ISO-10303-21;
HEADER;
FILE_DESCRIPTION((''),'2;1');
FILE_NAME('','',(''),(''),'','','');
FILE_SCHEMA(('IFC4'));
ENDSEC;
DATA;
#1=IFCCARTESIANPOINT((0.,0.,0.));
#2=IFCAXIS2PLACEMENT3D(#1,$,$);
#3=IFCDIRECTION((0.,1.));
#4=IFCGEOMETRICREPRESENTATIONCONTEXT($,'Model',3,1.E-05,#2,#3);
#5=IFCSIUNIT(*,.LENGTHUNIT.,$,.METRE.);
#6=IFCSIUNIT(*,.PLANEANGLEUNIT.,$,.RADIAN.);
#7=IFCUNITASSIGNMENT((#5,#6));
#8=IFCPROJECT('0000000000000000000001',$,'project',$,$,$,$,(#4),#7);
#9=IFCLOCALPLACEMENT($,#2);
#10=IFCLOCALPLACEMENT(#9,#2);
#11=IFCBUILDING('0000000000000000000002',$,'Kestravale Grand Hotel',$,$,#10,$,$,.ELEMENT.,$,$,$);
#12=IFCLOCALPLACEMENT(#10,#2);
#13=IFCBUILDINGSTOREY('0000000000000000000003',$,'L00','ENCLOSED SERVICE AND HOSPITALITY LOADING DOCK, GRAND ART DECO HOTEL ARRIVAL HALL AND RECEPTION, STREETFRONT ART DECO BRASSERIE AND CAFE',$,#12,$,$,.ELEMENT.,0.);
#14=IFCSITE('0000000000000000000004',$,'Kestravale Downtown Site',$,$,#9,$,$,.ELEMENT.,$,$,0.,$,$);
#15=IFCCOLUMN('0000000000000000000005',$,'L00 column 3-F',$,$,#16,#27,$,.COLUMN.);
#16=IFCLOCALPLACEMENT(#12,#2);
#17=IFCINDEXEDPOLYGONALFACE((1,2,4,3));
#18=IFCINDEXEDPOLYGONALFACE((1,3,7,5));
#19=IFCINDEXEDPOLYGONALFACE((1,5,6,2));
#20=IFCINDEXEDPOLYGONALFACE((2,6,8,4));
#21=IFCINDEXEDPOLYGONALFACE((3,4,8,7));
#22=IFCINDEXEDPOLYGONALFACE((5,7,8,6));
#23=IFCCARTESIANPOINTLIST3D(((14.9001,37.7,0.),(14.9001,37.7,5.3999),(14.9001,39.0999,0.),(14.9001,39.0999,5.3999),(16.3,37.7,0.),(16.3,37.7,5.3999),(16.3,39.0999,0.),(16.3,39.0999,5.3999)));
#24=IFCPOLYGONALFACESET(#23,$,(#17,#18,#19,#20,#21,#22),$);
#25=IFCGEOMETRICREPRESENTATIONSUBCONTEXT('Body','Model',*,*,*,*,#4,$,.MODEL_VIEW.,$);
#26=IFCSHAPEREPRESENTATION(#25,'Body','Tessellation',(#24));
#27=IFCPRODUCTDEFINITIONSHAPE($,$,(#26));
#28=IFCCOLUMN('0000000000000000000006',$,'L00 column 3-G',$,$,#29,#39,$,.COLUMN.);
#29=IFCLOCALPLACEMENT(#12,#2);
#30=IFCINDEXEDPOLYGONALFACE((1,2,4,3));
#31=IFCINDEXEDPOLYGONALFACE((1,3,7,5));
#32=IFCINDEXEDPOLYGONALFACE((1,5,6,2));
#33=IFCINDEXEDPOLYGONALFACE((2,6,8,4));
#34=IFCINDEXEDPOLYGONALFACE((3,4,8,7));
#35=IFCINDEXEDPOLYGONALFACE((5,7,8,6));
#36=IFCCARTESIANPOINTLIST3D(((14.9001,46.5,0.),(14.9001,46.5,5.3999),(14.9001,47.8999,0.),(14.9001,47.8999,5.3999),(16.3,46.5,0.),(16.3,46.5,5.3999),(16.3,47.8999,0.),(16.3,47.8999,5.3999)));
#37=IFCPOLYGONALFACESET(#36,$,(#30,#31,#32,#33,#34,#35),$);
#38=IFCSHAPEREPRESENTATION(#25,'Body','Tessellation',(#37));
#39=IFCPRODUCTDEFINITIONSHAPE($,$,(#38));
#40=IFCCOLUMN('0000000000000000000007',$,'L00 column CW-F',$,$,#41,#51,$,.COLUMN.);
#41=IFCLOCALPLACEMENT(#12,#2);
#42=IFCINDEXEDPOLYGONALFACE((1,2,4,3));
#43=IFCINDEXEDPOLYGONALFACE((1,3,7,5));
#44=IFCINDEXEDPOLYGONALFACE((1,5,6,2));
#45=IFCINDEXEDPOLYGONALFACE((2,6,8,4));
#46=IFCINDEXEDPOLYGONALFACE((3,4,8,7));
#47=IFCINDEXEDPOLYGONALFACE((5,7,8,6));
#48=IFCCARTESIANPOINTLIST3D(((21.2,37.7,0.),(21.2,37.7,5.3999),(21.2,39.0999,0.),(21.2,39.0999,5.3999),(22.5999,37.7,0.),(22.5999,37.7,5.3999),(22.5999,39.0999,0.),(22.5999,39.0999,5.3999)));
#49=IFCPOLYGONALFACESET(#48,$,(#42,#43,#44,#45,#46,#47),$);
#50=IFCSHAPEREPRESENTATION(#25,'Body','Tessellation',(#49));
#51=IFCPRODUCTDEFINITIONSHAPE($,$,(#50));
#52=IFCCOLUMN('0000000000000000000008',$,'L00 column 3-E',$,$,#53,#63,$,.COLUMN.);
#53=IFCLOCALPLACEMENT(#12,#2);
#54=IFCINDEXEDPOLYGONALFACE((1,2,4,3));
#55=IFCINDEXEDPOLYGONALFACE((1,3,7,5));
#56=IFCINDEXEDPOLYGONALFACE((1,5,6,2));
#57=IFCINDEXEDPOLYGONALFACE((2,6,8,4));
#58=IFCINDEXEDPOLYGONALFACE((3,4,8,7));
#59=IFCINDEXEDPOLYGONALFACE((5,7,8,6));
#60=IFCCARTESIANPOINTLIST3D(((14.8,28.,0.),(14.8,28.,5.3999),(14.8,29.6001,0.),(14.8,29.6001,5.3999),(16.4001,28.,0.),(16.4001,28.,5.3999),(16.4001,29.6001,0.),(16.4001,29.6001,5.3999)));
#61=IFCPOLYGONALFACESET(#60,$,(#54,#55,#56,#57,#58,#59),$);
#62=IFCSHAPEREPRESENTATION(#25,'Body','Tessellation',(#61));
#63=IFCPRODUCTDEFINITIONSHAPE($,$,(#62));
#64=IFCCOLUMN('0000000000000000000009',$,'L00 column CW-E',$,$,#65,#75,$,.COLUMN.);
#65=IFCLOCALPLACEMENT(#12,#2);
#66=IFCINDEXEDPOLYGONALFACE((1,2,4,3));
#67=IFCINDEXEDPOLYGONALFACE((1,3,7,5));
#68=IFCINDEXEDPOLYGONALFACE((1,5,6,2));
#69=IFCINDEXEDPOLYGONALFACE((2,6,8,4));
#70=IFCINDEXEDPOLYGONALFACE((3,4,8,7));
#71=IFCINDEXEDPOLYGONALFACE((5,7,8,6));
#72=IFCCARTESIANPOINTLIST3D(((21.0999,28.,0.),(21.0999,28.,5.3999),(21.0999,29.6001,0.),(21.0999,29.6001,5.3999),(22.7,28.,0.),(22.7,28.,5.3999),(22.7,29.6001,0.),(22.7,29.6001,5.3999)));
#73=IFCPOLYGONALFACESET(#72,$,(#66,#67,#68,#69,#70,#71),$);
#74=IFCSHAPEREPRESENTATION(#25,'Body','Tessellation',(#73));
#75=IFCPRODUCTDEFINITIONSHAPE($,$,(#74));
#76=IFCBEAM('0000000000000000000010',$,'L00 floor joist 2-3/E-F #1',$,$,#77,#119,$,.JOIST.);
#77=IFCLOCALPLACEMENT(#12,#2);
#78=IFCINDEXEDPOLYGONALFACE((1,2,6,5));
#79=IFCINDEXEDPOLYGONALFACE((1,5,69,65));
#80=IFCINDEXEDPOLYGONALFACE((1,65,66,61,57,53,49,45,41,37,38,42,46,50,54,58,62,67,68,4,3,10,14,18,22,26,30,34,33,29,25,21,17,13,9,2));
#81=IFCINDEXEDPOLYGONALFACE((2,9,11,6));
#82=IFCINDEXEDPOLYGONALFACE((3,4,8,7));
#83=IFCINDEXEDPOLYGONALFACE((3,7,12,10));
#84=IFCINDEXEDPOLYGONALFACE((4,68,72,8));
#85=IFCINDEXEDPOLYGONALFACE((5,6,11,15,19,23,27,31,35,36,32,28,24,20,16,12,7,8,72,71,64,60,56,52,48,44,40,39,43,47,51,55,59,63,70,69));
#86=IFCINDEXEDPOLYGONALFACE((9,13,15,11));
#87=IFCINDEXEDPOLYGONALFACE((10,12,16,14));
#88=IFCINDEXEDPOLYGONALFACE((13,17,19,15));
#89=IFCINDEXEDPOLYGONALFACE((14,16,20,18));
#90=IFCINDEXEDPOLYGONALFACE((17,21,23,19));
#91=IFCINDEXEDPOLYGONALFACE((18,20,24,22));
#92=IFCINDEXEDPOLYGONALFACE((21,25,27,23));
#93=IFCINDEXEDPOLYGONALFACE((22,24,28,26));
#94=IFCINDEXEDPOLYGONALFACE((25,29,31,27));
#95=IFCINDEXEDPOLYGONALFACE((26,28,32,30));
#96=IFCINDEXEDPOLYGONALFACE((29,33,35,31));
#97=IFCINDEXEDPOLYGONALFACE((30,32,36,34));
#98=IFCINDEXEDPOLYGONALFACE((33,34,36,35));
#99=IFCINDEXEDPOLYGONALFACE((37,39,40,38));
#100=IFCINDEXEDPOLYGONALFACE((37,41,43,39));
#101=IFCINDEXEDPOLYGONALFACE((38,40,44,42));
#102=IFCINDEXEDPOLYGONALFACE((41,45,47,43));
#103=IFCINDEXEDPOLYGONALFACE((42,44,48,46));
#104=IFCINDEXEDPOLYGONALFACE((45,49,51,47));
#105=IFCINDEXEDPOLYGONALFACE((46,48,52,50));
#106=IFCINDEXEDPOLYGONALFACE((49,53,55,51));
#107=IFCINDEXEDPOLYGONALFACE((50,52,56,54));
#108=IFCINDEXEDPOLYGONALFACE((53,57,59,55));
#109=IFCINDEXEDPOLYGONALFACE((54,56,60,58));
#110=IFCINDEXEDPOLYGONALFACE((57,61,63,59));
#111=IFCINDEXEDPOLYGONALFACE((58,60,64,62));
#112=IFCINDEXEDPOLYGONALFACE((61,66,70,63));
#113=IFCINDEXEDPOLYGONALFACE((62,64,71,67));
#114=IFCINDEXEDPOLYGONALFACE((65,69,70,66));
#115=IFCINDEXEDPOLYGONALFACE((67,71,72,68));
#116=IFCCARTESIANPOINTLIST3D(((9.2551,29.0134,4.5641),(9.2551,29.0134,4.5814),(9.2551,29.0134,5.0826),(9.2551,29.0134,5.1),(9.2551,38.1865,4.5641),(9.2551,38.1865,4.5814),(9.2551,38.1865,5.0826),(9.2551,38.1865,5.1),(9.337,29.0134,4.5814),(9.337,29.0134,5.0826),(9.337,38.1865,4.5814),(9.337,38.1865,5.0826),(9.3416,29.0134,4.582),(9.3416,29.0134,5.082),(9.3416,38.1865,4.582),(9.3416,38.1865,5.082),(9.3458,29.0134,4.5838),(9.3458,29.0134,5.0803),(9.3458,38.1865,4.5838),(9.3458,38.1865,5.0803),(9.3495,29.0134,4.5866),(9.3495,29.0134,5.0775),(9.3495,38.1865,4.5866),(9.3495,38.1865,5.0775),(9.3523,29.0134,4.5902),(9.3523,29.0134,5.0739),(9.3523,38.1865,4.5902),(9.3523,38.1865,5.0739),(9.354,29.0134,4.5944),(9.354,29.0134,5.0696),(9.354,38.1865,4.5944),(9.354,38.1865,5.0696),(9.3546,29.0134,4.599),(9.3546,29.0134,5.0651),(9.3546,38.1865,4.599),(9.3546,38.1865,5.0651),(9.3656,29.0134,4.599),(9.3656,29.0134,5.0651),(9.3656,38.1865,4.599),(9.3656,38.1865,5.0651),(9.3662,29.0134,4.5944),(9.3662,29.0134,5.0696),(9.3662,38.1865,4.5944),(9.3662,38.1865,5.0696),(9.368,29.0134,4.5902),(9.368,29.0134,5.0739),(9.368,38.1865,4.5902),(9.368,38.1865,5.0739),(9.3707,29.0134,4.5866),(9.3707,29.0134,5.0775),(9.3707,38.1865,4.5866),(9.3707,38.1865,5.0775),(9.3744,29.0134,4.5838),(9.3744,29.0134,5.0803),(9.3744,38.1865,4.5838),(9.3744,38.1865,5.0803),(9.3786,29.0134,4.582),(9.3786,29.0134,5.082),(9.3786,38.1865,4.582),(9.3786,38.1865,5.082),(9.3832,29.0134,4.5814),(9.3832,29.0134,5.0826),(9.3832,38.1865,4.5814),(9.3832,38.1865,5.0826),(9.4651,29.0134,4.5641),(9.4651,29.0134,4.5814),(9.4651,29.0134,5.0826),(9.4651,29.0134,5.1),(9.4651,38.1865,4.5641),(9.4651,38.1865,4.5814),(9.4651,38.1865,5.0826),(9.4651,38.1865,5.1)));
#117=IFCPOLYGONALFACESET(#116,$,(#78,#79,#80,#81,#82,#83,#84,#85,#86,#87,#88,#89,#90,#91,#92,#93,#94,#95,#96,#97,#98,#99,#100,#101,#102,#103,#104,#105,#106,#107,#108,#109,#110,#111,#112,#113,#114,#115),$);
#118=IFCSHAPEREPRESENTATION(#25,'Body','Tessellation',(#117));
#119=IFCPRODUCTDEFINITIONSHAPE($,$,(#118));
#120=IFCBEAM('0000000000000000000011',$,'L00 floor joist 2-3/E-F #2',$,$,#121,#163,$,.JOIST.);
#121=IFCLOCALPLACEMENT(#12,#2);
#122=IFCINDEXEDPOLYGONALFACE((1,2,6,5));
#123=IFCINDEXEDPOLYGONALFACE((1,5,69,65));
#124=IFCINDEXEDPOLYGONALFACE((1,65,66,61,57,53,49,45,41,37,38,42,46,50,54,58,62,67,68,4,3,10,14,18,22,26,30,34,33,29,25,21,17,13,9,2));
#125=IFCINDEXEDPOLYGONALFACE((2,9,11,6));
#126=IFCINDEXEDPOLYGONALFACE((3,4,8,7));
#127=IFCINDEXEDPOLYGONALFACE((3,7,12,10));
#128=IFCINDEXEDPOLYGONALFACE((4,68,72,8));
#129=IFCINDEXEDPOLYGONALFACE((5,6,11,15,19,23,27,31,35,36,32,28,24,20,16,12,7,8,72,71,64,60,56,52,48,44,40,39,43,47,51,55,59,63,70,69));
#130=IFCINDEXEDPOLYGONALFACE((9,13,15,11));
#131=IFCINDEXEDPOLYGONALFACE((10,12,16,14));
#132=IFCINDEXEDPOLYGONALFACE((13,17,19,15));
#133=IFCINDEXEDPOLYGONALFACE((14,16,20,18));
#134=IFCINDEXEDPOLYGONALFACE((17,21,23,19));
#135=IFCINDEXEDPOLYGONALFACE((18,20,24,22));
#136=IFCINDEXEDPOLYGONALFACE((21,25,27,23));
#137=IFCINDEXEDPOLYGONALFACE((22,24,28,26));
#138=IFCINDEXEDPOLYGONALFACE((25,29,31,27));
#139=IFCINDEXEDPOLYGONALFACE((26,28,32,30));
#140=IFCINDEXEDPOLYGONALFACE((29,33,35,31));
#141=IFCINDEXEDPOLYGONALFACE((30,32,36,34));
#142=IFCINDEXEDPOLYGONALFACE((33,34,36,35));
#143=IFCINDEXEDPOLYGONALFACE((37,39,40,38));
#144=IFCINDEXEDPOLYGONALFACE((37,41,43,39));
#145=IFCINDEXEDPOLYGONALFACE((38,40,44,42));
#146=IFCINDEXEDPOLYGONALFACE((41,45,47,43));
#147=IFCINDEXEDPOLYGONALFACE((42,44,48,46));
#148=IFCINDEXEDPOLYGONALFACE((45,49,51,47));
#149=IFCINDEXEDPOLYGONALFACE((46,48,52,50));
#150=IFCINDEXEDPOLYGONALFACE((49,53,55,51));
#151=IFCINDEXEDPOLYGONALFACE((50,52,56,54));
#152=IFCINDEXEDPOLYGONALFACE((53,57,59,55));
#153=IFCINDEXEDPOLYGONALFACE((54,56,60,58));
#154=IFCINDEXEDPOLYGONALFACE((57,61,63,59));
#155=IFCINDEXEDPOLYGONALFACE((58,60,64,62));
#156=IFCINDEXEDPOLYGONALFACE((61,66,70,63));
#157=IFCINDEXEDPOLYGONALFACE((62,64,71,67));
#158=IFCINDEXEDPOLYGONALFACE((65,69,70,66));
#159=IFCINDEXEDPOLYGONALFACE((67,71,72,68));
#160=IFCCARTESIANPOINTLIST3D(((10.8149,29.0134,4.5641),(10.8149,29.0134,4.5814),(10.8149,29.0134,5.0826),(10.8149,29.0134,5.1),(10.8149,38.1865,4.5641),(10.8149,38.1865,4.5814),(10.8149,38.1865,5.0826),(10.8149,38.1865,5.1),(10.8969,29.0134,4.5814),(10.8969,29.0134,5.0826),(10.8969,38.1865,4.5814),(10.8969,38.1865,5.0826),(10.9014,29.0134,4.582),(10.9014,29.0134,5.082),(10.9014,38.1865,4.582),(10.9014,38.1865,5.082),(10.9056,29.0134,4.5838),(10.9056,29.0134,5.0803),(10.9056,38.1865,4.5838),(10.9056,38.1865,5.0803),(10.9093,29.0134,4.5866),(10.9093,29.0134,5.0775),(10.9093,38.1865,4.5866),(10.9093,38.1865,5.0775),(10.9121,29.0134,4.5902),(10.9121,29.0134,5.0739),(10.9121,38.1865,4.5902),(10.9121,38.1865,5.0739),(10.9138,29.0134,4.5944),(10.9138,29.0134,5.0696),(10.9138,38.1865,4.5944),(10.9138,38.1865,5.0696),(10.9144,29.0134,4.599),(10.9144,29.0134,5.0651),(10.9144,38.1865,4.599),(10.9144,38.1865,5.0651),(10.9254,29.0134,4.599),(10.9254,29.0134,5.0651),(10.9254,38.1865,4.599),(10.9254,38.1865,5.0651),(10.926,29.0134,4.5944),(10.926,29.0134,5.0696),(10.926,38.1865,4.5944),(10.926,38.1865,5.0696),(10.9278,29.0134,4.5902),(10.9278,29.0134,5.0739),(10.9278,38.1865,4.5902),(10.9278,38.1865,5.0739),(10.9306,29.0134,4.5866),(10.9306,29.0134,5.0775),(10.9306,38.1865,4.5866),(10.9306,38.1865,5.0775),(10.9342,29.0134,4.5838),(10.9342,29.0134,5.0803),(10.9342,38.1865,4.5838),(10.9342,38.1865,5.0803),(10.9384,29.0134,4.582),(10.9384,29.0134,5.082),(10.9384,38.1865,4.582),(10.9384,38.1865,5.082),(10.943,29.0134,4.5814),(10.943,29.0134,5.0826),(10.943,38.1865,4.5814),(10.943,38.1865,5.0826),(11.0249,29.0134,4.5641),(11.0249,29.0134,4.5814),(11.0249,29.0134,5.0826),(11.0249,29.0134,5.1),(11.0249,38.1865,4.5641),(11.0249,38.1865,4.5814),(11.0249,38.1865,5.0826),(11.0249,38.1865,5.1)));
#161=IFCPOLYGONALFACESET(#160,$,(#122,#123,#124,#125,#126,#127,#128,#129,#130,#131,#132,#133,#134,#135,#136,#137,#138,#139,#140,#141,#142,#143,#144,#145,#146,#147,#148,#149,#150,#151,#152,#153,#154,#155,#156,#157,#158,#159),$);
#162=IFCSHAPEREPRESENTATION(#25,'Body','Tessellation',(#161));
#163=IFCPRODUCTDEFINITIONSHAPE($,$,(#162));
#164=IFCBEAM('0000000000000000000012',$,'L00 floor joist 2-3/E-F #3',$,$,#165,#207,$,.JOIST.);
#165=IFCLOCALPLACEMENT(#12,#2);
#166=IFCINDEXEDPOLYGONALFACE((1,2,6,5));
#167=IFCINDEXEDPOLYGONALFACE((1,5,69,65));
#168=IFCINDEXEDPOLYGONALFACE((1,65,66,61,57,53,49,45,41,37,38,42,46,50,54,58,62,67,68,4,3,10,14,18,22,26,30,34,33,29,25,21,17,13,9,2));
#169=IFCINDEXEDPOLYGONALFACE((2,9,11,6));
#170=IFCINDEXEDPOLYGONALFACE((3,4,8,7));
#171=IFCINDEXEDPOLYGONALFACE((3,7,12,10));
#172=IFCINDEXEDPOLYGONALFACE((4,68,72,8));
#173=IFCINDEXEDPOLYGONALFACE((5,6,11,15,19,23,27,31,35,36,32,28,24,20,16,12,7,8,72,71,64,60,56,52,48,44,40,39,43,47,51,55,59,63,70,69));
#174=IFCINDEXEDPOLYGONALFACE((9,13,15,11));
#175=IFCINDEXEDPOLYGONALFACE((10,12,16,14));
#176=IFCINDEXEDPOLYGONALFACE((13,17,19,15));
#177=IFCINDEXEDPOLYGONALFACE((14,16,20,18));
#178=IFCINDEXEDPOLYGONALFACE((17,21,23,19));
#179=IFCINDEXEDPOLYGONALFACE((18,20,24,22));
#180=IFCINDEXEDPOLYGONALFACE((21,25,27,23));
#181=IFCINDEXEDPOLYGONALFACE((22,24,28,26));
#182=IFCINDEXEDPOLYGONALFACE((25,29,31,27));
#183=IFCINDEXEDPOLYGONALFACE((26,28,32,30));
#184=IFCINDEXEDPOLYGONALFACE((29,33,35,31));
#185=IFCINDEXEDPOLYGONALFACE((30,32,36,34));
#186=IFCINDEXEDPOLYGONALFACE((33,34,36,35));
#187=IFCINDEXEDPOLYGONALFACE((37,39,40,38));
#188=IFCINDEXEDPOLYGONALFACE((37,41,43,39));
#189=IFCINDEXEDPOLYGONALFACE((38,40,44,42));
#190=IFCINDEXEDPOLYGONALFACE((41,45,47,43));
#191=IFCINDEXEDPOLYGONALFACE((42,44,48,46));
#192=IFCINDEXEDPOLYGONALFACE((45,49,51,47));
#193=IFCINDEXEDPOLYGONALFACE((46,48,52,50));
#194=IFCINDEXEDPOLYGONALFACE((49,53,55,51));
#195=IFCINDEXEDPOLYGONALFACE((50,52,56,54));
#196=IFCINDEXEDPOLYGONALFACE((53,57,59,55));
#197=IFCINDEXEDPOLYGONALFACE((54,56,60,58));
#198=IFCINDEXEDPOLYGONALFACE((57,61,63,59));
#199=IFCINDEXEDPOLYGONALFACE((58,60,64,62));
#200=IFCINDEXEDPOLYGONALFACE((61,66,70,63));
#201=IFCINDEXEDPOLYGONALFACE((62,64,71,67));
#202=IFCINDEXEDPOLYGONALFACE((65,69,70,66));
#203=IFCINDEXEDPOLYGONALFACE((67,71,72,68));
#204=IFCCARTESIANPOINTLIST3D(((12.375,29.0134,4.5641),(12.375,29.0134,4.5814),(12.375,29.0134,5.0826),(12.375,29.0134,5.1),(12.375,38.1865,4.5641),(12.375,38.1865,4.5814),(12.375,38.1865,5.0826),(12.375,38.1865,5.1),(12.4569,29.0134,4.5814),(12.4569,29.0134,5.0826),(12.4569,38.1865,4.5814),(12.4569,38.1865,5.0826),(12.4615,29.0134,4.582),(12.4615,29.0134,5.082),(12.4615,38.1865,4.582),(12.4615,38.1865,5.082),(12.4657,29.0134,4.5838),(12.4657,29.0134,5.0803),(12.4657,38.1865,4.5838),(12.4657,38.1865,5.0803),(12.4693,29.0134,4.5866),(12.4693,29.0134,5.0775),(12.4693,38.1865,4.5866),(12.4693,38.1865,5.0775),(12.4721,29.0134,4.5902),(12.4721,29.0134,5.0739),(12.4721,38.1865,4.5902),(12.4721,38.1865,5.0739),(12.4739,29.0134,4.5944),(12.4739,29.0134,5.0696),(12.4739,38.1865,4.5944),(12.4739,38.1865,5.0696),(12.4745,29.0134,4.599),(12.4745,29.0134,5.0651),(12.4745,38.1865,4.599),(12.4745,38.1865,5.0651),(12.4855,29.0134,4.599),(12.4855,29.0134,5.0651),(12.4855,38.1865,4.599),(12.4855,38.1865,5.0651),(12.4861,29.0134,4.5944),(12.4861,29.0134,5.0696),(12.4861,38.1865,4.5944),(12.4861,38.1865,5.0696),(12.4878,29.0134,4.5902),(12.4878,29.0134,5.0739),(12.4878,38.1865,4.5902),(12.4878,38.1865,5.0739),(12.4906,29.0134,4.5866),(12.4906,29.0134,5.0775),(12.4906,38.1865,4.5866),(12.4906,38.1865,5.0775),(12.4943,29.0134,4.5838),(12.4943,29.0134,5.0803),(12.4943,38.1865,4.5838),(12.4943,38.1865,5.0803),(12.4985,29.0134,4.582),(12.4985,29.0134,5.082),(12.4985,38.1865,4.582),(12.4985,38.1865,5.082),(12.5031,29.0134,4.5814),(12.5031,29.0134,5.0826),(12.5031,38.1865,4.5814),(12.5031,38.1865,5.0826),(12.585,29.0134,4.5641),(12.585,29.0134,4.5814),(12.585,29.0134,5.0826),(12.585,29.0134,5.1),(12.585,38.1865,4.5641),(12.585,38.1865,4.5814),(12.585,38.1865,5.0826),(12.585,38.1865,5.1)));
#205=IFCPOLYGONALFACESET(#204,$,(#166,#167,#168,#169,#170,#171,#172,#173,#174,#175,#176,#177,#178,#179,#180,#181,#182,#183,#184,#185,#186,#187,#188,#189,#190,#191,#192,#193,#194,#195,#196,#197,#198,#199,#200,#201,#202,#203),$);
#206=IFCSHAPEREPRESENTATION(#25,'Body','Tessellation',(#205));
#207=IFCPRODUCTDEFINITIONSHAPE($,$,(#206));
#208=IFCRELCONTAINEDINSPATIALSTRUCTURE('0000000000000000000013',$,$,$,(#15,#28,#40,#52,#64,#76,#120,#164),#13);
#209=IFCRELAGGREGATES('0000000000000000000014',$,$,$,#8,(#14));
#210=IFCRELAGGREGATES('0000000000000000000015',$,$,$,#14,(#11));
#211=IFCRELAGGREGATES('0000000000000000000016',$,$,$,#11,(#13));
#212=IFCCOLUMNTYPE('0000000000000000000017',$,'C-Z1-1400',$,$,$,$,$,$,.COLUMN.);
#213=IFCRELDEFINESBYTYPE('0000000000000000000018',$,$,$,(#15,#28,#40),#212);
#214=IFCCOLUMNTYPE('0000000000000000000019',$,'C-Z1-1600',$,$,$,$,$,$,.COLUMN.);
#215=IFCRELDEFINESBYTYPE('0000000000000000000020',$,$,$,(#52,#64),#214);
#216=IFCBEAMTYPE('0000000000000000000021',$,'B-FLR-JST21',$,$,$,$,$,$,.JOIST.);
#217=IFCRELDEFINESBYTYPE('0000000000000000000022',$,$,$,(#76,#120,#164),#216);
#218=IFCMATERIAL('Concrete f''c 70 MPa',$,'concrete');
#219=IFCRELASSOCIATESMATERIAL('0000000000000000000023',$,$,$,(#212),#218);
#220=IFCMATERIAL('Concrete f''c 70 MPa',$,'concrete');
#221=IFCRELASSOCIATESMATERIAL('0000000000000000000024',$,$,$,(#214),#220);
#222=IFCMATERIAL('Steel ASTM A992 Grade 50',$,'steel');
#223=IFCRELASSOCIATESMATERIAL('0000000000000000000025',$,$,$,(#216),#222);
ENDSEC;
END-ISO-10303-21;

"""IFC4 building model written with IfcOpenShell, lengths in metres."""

from ifc_helpers import new_model, si_unit, direction, frame, origin, origin_2d, place, context, subcontext, project, spatial, rectangle, i_section, extrude, material, material_profile, profile_set, type_object, element, save


model = new_model("IFC4")

# Units and contexts
model_context = context("Model", 3, precision=1e-05, world=origin(), true_north=direction((0.0, 1.0)))
body_context = subcontext(model_context, "Body", "Model", "MODEL_VIEW")
ifc_project = project(units=[si_unit("LENGTHUNIT", "METRE"), si_unit("PLANEANGLEUNIT", "RADIAN")], contexts=[model_context])

# Site, building, storey
site_placement = place(None, origin())
site = spatial("IfcSite", under=ifc_project, at=site_placement, Name="Kestravale Downtown Site", CompositionType="ELEMENT", RefElevation=0.0)
building_placement = place(site_placement, origin())
building = spatial("IfcBuilding", under=site, at=building_placement, Name="Kestravale Grand Hotel", CompositionType="ELEMENT")
storey_placement = place(building_placement, origin())
storey = spatial("IfcBuildingStorey", under=building, at=storey_placement, Name="L00", Description="ENCLOSED SERVICE AND HOSPITALITY LOADING DOCK, GRAND ART DECO HOTEL ARRIVAL HALL AND RECEPTION, STREETFRONT ART DECO BRASSERIE AND CAFE", CompositionType="ELEMENT", Elevation=0.0)

# Columns
ifc_material_1 = material(Name="Concrete f'c 70 MPa", Category="concrete")
ifc_material_profile_1 = material_profile(ifc_material_1, rectangle(XDim=1.3999, YDim=1.3999, at=origin_2d()))
ifc_profile_set_1 = profile_set([ifc_material_profile_1], Name="Concrete f'c 70 MPa")
column_type_1 = type_object("IfcColumnType", Name="C-Z1-1400", PredefinedType="COLUMN", material=ifc_profile_set_1)
for number, where, z_axis, x_axis, name in (
    (1, (15.6001, 38.3999, 0.0), (0.0, 0.0, 1.0), (1.0, 0.0, 0.0), "L00 column 3-F"),
    (2, (15.6001, 47.2, 0.0), (0.0, 0.0, 1.0), (1.0, 0.0, 0.0), "L00 column 3-G"),
    (3, (21.8999, 38.3999, 0.0), (0.0, 0.0, 1.0), (1.0, 0.0, 0.0), "L00 column CW-F"),
):
    element("IfcColumn", number, at=place(storey_placement, frame(where, z_axis=z_axis, x_axis=x_axis)), inside=storey, type_object=column_type_1, Name=name, PredefinedType="COLUMN", context=body_context, shape_type="SweptSolid", body=[
        extrude(rectangle(XDim=1.3999, YDim=1.3999, at=origin_2d()), origin(), (0.0, 0.0, 1.0), 5.3999),
    ])
ifc_material_2 = material(Name="Concrete f'c 70 MPa", Category="concrete")
ifc_material_profile_2 = material_profile(ifc_material_2, rectangle(XDim=1.6001, YDim=1.6001, at=origin_2d()))
ifc_profile_set_2 = profile_set([ifc_material_profile_2], Name="Concrete f'c 70 MPa")
column_type_2 = type_object("IfcColumnType", Name="C-Z1-1600", PredefinedType="COLUMN", material=ifc_profile_set_2)
for number, where, z_axis, x_axis, name in (
    (4, (15.6001, 28.8, 0.0), (0.0, 0.0, 1.0), (1.0, 0.0, 0.0), "L00 column 3-E"),
    (5, (21.8999, 28.8, 0.0), (0.0, 0.0, 1.0), (1.0, 0.0, 0.0), "L00 column CW-E"),
):
    element("IfcColumn", number, at=place(storey_placement, frame(where, z_axis=z_axis, x_axis=x_axis)), inside=storey, type_object=column_type_2, Name=name, PredefinedType="COLUMN", context=body_context, shape_type="SweptSolid", body=[
        extrude(rectangle(XDim=1.6001, YDim=1.6001, at=origin_2d()), origin(), (0.0, 0.0, 1.0), 5.3999),
    ])

# Beams
ifc_material_3 = material(Name="Steel ASTM A992 Grade 50", Category="steel")
ifc_material_profile_3 = material_profile(ifc_material_3, i_section(OverallWidth=0.21, OverallDepth=0.5359, WebThickness=0.011, FlangeThickness=0.0173, FilletRadius=0.0176, at=origin_2d()))
ifc_profile_set_3 = profile_set([ifc_material_profile_3], Name="Steel ASTM A992 Grade 50")
beam_type_1 = type_object("IfcBeamType", Name="B-FLR-JST21", PredefinedType="JOIST", material=ifc_profile_set_3)
for number, where, z_axis, x_axis, name in (
    (6, (9.3601, 29.0134, 4.832), (0.0, 1.0, 0.0), (-1.0, 0.0, 0.0), "L00 floor joist 2-3/E-F #1"),
    (7, (10.9199, 29.0134, 4.832), (0.0, 1.0, 0.0), (-1.0, 0.0, 0.0), "L00 floor joist 2-3/E-F #2"),
    (8, (12.48, 29.0134, 4.832), (0.0, 1.0, 0.0), (-1.0, 0.0, 0.0), "L00 floor joist 2-3/E-F #3"),
):
    element("IfcBeam", number, at=place(storey_placement, frame(where, z_axis=z_axis, x_axis=x_axis)), inside=storey, type_object=beam_type_1, Name=name, PredefinedType="JOIST", context=body_context, shape_type="SweptSolid", body=[
        extrude(i_section(OverallWidth=0.21, OverallDepth=0.5359, WebThickness=0.011, FlangeThickness=0.0173, FilletRadius=0.0176, at=origin_2d()), origin(), (0.0, 0.0, 1.0), 9.1731),
    ])

save(model, "model.ifc")
